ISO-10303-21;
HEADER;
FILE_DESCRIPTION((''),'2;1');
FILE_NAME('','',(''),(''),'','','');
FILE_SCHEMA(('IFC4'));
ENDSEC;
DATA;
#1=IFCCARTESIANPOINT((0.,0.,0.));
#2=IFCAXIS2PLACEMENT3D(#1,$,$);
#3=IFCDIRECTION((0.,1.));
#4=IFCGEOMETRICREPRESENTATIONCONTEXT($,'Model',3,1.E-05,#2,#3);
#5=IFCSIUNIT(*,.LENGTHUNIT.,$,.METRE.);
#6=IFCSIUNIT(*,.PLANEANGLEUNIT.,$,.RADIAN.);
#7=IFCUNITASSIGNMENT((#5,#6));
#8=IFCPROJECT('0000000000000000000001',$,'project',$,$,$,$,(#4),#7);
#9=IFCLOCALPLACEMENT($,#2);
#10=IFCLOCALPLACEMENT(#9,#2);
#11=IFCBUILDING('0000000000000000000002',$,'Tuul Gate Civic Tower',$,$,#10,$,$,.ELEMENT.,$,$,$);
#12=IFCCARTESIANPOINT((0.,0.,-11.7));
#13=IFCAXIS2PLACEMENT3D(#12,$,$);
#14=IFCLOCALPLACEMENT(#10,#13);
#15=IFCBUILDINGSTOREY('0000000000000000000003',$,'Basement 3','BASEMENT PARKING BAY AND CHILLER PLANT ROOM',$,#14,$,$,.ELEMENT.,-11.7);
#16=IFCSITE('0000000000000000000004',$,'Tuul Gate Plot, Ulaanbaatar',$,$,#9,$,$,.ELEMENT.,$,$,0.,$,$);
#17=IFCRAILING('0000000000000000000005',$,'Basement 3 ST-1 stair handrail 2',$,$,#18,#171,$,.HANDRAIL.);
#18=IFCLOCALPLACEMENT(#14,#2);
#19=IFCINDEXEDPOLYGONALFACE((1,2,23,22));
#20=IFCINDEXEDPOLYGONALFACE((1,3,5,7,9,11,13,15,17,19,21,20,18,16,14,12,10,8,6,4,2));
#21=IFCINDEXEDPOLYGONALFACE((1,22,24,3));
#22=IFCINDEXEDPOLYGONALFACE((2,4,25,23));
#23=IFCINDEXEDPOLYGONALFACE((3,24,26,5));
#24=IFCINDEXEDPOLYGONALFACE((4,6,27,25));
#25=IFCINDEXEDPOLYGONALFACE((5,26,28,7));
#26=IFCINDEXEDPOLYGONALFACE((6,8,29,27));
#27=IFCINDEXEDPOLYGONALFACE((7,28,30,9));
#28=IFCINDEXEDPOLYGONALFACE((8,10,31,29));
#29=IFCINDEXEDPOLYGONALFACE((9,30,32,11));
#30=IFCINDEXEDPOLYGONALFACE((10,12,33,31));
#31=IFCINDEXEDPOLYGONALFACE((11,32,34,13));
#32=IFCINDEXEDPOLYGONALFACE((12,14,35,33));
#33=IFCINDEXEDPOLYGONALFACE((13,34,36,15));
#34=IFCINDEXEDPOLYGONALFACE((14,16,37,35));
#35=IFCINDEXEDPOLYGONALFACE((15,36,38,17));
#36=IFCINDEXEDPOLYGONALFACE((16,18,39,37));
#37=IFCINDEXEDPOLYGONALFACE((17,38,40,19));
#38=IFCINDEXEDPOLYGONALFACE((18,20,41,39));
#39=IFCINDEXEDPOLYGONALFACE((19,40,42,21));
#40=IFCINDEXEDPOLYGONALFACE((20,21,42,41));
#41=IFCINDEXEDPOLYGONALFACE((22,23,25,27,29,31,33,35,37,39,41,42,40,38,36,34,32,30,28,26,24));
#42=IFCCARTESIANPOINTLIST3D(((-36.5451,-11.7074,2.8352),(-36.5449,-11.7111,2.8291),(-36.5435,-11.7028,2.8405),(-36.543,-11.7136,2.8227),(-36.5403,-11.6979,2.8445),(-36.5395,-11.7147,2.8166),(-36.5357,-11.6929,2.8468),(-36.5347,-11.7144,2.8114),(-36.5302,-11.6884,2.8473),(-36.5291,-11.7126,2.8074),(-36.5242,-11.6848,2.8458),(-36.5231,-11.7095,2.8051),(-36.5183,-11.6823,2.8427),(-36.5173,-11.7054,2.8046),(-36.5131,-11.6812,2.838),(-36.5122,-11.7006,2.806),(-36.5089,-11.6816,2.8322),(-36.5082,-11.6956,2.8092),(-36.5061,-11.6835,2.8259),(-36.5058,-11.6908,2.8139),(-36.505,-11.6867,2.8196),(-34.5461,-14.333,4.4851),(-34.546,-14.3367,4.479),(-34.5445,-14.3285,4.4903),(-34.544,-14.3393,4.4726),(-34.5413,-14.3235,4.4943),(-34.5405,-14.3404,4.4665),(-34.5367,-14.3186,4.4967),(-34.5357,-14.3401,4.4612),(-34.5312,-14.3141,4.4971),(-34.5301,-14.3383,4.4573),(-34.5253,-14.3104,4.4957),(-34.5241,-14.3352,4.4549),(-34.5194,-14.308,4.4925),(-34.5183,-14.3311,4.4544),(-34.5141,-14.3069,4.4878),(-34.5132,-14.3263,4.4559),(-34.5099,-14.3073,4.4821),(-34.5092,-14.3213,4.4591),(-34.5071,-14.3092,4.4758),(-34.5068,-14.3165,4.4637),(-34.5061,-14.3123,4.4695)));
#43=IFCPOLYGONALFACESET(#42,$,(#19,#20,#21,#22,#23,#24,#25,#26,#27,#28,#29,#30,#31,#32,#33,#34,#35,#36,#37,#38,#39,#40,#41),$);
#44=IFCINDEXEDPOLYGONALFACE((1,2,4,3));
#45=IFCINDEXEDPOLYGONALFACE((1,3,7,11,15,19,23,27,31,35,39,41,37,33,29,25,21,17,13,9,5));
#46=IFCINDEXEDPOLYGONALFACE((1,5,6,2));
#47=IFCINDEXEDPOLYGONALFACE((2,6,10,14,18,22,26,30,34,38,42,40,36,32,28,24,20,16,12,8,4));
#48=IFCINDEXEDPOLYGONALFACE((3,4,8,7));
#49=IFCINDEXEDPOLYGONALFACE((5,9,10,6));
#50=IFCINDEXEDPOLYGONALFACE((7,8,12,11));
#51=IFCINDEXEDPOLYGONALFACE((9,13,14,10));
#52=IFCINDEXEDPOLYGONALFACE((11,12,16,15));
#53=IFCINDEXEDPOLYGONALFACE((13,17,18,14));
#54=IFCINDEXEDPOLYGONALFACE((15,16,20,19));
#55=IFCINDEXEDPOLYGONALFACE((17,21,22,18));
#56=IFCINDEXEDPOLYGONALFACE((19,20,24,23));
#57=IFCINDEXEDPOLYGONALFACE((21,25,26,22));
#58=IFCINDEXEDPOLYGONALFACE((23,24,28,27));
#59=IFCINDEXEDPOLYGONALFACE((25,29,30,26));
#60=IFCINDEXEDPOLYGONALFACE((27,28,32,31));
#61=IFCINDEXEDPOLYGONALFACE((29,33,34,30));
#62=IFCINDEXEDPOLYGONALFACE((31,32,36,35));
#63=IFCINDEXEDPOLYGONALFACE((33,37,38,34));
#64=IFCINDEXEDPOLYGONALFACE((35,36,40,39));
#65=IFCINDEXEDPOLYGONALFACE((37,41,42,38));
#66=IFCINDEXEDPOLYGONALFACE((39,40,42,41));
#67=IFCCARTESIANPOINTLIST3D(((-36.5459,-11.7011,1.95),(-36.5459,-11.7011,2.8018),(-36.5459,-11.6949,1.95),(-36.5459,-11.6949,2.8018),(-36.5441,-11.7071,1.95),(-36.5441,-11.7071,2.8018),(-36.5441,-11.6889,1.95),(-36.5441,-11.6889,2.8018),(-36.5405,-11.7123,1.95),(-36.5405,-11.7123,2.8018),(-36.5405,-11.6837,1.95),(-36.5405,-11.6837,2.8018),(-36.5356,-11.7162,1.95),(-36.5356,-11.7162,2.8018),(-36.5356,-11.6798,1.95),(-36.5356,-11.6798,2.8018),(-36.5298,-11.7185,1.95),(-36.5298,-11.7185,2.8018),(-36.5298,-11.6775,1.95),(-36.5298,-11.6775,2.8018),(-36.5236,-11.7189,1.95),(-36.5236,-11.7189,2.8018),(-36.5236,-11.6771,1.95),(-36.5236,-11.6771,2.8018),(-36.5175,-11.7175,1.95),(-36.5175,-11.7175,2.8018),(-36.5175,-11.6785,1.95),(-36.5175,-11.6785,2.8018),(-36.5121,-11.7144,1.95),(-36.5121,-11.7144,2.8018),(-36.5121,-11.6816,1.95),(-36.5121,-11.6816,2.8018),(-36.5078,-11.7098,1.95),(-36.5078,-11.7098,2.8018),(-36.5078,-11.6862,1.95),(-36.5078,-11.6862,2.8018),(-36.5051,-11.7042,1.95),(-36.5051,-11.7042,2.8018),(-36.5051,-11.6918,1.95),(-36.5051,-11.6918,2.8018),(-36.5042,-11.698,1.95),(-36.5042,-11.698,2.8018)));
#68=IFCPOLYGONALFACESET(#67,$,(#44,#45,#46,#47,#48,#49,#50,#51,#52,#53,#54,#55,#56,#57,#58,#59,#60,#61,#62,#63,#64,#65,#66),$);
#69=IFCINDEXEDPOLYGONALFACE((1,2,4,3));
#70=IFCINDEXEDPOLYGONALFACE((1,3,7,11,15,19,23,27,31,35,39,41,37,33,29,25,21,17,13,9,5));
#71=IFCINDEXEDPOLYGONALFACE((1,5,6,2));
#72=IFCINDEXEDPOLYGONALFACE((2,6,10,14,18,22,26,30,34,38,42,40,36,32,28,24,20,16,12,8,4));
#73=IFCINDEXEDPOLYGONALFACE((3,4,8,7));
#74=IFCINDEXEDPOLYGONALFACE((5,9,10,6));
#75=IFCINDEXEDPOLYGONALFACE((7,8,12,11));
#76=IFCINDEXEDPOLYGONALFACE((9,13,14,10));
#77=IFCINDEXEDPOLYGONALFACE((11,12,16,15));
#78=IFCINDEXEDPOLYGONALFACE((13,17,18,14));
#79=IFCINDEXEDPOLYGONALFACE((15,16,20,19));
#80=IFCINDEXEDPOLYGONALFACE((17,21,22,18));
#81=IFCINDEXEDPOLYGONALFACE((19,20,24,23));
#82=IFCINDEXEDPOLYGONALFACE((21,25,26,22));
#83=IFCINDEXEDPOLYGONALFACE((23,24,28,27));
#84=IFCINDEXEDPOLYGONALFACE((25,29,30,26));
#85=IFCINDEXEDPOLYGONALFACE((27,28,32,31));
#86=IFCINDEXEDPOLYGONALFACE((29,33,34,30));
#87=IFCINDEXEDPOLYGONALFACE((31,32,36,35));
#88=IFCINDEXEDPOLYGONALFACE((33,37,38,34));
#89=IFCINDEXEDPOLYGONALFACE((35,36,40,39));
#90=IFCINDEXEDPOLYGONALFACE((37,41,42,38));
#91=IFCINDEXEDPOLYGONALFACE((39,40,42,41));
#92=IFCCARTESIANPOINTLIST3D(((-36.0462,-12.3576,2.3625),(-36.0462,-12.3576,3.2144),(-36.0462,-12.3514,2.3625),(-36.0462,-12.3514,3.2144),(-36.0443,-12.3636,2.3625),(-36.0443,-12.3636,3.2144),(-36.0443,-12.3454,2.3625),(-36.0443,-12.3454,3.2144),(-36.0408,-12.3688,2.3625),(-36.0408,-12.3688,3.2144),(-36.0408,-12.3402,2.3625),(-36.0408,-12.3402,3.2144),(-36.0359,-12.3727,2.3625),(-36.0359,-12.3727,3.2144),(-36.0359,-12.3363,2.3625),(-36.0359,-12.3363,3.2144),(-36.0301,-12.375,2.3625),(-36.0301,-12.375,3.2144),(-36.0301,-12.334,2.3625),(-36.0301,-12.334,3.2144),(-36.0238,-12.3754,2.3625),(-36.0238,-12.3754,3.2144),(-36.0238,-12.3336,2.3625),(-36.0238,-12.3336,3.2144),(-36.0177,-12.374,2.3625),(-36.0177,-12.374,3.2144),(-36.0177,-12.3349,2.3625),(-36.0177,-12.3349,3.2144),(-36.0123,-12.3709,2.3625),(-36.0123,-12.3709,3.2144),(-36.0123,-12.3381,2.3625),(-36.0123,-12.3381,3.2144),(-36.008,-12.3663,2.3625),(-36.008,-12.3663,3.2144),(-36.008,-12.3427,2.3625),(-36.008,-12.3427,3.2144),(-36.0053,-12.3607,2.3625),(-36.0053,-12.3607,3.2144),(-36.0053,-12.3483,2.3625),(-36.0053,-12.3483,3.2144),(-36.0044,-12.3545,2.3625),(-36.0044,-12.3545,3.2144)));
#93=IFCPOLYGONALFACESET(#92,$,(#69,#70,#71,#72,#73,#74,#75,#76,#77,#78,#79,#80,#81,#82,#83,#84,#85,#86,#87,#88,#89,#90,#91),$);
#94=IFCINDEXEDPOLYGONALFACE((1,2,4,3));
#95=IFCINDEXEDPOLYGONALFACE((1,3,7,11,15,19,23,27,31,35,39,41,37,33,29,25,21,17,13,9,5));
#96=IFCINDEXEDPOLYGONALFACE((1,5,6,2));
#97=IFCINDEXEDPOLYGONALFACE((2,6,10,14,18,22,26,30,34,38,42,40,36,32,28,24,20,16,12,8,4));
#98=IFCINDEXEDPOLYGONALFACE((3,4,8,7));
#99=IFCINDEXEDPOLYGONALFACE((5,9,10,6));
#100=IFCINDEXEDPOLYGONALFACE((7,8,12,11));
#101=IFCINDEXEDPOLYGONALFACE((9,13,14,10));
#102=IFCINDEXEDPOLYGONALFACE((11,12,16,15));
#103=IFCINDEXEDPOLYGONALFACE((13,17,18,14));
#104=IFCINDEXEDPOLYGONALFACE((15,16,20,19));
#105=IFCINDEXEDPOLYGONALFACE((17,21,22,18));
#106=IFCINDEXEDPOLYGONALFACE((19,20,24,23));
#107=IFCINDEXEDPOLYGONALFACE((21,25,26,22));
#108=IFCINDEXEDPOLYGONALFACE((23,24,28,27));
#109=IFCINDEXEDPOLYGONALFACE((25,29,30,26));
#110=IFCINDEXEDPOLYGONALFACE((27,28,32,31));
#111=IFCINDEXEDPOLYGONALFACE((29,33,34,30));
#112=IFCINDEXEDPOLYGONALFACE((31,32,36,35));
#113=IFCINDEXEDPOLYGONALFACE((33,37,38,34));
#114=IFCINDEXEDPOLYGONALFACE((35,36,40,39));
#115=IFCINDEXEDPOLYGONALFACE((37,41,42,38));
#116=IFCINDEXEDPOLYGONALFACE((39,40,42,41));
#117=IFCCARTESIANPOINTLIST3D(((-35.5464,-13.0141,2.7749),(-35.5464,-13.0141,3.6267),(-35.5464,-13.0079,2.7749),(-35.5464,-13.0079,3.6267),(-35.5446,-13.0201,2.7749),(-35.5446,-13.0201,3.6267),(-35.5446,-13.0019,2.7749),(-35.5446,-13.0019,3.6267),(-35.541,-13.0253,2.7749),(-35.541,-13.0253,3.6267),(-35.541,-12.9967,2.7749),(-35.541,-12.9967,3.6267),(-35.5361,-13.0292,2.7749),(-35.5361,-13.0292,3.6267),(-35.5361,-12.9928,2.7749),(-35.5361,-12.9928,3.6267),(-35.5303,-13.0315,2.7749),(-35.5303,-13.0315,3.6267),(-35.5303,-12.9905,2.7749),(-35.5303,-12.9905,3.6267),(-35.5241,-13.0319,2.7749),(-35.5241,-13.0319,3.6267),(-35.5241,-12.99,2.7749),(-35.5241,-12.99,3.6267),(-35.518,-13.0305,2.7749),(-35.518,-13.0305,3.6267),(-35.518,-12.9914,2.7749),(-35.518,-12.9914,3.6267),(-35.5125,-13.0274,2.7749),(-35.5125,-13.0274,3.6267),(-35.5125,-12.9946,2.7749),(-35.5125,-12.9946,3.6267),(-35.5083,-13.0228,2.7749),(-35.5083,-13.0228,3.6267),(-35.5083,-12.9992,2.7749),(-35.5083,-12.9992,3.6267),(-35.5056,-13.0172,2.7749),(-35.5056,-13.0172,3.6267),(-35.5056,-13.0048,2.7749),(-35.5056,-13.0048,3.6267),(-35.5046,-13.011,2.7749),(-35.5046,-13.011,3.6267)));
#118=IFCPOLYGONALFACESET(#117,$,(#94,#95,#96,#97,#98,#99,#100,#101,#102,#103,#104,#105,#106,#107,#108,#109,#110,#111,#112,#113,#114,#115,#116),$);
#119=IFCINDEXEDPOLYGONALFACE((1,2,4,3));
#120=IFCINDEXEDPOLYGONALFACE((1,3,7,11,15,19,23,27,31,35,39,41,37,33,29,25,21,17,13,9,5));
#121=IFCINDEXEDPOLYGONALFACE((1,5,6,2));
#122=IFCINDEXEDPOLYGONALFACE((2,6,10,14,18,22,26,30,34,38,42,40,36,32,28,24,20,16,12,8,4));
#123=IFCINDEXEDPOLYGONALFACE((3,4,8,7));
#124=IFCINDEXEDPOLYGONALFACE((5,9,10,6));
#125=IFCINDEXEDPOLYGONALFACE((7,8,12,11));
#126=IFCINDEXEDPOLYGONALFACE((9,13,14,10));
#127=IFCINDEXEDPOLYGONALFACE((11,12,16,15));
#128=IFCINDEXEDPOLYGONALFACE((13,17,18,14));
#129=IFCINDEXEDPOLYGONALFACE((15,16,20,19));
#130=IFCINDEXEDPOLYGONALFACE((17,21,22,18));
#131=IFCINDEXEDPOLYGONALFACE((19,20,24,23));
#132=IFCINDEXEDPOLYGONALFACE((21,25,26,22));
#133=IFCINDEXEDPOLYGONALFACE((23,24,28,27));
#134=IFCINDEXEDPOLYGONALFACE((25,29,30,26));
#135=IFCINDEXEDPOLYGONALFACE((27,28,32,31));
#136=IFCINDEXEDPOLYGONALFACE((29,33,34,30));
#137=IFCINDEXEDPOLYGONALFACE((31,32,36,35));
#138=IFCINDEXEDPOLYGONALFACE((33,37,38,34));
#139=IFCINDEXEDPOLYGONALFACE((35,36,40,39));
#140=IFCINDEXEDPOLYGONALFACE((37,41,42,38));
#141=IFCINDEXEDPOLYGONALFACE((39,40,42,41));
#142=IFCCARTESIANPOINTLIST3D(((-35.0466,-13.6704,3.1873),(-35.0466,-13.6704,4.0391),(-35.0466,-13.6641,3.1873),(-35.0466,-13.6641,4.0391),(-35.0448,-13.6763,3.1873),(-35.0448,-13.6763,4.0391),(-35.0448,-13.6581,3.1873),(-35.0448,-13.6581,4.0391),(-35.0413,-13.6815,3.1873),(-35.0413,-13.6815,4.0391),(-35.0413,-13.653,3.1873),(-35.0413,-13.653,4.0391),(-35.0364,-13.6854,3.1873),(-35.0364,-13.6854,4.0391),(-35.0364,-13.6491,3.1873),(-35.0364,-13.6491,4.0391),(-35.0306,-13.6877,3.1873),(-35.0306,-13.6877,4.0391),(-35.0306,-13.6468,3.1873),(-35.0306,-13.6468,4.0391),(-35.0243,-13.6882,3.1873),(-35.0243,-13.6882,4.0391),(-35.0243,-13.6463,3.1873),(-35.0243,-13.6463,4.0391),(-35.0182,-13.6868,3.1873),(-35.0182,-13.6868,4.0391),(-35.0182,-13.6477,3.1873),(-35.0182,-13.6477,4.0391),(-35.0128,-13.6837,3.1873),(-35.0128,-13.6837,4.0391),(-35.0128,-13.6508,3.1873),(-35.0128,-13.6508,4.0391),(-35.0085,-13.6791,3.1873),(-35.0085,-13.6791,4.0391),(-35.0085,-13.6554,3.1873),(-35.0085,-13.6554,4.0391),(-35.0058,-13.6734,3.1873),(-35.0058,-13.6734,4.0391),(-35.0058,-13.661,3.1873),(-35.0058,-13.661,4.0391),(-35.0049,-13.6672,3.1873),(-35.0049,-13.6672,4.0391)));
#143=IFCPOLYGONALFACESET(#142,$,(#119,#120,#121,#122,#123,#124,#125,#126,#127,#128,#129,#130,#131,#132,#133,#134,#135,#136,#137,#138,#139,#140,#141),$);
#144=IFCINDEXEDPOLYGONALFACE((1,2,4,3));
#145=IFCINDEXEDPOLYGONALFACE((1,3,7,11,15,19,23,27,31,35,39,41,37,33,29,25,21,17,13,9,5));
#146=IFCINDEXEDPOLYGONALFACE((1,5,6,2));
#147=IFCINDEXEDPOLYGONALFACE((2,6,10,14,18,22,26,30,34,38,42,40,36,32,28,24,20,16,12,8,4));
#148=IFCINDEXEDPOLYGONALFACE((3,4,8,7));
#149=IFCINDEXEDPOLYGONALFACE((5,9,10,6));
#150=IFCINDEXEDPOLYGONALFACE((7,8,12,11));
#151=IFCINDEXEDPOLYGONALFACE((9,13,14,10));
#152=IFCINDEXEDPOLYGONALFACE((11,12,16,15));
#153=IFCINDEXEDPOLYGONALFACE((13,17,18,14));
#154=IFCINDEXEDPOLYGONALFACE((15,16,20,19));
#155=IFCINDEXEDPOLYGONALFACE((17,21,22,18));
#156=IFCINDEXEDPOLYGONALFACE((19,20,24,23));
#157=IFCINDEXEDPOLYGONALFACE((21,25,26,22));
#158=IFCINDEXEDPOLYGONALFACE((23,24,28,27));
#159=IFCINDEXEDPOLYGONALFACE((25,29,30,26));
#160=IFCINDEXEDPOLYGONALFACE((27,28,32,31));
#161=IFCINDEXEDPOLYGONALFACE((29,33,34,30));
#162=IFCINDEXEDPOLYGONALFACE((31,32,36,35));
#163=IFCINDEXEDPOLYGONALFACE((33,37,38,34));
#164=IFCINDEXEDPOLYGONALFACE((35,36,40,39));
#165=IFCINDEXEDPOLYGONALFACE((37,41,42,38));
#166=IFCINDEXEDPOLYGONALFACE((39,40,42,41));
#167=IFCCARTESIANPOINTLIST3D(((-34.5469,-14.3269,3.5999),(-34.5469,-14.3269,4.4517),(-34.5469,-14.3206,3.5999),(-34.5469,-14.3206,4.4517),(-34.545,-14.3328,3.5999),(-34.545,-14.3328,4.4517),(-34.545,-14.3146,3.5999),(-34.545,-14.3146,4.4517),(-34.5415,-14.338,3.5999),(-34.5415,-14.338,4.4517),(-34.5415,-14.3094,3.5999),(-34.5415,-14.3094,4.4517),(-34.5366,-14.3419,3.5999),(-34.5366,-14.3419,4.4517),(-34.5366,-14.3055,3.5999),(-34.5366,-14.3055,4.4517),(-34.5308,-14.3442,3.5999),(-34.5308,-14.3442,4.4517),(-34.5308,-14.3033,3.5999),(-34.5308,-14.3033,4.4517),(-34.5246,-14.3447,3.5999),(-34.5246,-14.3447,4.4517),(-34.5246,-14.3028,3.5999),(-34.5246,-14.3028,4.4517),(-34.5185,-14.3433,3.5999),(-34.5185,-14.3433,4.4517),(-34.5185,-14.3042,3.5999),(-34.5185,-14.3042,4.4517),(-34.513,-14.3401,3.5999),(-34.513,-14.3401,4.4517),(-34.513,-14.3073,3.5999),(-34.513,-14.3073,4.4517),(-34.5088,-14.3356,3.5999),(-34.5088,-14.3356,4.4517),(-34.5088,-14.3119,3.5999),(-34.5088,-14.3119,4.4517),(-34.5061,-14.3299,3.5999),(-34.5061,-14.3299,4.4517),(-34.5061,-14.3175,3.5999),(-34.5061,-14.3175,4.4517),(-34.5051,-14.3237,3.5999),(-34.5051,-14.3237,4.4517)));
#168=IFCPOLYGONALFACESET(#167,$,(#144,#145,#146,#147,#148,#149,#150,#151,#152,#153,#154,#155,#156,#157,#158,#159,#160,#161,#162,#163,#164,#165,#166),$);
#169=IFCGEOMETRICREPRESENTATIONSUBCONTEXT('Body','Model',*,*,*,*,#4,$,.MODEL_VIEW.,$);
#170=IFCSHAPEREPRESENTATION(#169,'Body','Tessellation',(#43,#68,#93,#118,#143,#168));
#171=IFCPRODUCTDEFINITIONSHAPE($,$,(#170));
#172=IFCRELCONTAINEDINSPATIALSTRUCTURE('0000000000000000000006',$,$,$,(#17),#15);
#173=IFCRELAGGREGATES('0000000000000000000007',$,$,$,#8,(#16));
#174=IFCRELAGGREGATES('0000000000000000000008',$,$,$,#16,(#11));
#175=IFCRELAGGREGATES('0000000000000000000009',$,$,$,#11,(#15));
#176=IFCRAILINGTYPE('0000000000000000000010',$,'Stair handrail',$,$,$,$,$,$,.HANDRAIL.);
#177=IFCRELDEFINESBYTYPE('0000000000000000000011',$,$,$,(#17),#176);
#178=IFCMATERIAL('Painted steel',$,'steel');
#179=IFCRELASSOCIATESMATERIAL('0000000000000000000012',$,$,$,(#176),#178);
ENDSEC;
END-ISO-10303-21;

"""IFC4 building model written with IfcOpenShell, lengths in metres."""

from ifc_helpers import new_model, si_unit, direction, frame, origin, origin_2d, place, context, subcontext, project, spatial, circle, extrude, material, type_object, element, save


model = new_model("IFC4")

# Units and contexts
model_context = context("Model", 3, precision=1e-05, world=origin(), true_north=direction((0.0, 1.0)))
body_context = subcontext(model_context, "Body", "Model", "MODEL_VIEW")
ifc_project = project(units=[si_unit("LENGTHUNIT", "METRE"), si_unit("PLANEANGLEUNIT", "RADIAN")], contexts=[model_context])

# Site, building, storey
site_placement = place(None, origin())
site = spatial("IfcSite", under=ifc_project, at=site_placement, Name="Tuul Gate Plot, Ulaanbaatar", CompositionType="ELEMENT", RefElevation=0.0)
building_placement = place(site_placement, origin())
building = spatial("IfcBuilding", under=site, at=building_placement, Name="Tuul Gate Civic Tower", CompositionType="ELEMENT")
storey_placement = place(building_placement, frame((0.0, 0.0, -11.7)))
storey = spatial("IfcBuildingStorey", under=building, at=storey_placement, Name="Basement 3", Description="BASEMENT PARKING BAY AND CHILLER PLANT ROOM", CompositionType="ELEMENT", Elevation=-11.7)

# Railing
ifc_material_1 = material(Name="Painted steel", Category="steel")
railing_type_1 = type_object("IfcRailingType", Name="Stair handrail", PredefinedType="HANDRAIL", material=ifc_material_1)
railing_1_placement = place(storey_placement, frame((-36.5251, -11.698, 1.95)))
element("IfcRailing", 1, at=railing_1_placement, inside=storey, type_object=railing_type_1, Name="Basement 3 ST-1 stair handrail 2", PredefinedType="HANDRAIL", context=body_context, shape_type="SweptSolid", body=[
    extrude(circle(Radius=0.0239, at=origin_2d()), frame((0.0, 0.0, 0.876), z_axis=(0.541808, -0.711668, 0.447183), x_axis=(0.795656, 0.605749, 0.0)), (0.0, 0.0, 1.0), 3.6895),
    extrude(circle(Radius=0.021, at=origin_2d()), origin(), (0.0, 0.0, 1.0), 0.8518),
    extrude(circle(Radius=0.021, at=origin_2d()), frame((0.4998, -0.6565, 0.4126)), (0.0, 0.0, 1.0), 0.8518),
    extrude(circle(Radius=0.021, at=origin_2d()), frame((0.9995, -1.313, 0.825)), (0.0, 0.0, 1.0), 0.8518),
    extrude(circle(Radius=0.021, at=origin_2d()), frame((1.4993, -1.9692, 1.2373)), (0.0, 0.0, 1.0), 0.8518),
    extrude(circle(Radius=0.021, at=origin_2d()), frame((1.999, -2.6257, 1.6499)), (0.0, 0.0, 1.0), 0.8518),
])

save(model, "model.ifc")
